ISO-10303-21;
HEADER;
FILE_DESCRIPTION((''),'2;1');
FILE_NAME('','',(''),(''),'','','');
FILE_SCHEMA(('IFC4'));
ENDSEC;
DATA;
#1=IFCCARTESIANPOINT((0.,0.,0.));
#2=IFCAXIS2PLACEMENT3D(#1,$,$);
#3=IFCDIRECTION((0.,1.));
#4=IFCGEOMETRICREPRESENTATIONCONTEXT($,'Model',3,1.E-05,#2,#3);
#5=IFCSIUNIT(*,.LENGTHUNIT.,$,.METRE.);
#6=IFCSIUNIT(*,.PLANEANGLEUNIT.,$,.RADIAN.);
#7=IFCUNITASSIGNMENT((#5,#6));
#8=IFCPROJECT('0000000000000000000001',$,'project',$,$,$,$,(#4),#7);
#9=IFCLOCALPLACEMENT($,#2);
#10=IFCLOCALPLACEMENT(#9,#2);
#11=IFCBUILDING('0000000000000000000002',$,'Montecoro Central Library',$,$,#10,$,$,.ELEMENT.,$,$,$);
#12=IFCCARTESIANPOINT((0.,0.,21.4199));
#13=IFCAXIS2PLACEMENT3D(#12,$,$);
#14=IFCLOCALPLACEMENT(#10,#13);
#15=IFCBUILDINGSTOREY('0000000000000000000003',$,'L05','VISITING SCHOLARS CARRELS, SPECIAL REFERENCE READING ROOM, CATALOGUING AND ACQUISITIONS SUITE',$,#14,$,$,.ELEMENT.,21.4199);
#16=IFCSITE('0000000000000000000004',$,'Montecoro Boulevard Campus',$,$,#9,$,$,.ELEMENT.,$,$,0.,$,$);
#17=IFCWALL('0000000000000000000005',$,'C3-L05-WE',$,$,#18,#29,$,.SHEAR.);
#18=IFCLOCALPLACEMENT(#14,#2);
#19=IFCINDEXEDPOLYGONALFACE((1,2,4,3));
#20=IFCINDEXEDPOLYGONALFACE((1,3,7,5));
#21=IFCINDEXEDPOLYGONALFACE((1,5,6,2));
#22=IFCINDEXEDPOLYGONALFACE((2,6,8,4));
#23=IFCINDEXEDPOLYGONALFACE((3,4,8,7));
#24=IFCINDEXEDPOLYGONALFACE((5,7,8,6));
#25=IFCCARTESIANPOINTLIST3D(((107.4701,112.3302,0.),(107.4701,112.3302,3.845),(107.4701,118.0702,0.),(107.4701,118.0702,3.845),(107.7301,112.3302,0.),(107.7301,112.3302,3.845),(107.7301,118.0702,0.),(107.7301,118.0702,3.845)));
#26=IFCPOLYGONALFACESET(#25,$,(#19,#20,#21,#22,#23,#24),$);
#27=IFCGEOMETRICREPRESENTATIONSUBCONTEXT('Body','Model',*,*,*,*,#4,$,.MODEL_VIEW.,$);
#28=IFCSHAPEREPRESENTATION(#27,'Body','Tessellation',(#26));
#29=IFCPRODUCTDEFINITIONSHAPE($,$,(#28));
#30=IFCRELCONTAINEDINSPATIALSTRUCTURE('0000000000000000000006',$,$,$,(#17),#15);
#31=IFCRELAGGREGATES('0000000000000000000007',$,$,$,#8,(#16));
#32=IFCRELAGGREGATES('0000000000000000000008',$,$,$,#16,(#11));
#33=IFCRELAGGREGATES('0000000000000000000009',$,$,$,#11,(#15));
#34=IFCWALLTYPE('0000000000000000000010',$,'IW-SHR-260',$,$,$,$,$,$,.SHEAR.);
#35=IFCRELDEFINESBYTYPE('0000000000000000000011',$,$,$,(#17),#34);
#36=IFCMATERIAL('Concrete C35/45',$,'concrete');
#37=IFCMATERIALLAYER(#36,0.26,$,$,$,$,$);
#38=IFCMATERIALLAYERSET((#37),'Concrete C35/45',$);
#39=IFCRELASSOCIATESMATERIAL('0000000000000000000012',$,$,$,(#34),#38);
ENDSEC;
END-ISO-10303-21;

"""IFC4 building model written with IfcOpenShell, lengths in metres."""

from ifc_helpers import new_model, si_unit, direction, frame, frame_2d, origin, place, context, subcontext, project, spatial, rectangle, extrude, material, layer, layer_set, type_object, element, save


model = new_model("IFC4")

# Units and contexts
model_context = context("Model", 3, precision=1e-05, world=origin(), true_north=direction((0.0, 1.0)))
body_context = subcontext(model_context, "Body", "Model", "MODEL_VIEW")
ifc_project = project(units=[si_unit("LENGTHUNIT", "METRE"), si_unit("PLANEANGLEUNIT", "RADIAN")], contexts=[model_context])

# Site, building, storey
site_placement = place(None, origin())
site = spatial("IfcSite", under=ifc_project, at=site_placement, Name="Montecoro Boulevard Campus", CompositionType="ELEMENT", RefElevation=0.0)
building_placement = place(site_placement, origin())
building = spatial("IfcBuilding", under=site, at=building_placement, Name="Montecoro Central Library", CompositionType="ELEMENT")
storey_placement = place(building_placement, frame((0.0, 0.0, 21.4199)))
storey = spatial("IfcBuildingStorey", under=building, at=storey_placement, Name="L05", Description="VISITING SCHOLARS CARRELS, SPECIAL REFERENCE READING ROOM, CATALOGUING AND ACQUISITIONS SUITE", CompositionType="ELEMENT", Elevation=21.4199)

# Wall
ifc_material_1 = material(Name="Concrete C35/45", Category="concrete")
ifc_layer_1 = layer(ifc_material_1, 0.26)
ifc_layer_set_1 = layer_set([ifc_layer_1], Name="Concrete C35/45")
wall_type = type_object("IfcWallType", Name="IW-SHR-260", PredefinedType="SHEAR", material=ifc_layer_set_1)
wall_placement = place(storey_placement, frame((107.6001, 112.3301, 0.0), z_axis=(0.0, 0.0, 1.0), x_axis=(0.0, 1.0, 0.0)))
element("IfcWall", 1, at=wall_placement, inside=storey, type_object=wall_type, Name="C3-L05-WE", PredefinedType="SHEAR", context=body_context, shape_type="SweptSolid", body=[
    extrude(rectangle(XDim=5.74, YDim=0.26, at=frame_2d((2.8701, 0.0))), origin(), (0.0, 0.0, 1.0), 3.845),
])

save(model, "model.ifc")
